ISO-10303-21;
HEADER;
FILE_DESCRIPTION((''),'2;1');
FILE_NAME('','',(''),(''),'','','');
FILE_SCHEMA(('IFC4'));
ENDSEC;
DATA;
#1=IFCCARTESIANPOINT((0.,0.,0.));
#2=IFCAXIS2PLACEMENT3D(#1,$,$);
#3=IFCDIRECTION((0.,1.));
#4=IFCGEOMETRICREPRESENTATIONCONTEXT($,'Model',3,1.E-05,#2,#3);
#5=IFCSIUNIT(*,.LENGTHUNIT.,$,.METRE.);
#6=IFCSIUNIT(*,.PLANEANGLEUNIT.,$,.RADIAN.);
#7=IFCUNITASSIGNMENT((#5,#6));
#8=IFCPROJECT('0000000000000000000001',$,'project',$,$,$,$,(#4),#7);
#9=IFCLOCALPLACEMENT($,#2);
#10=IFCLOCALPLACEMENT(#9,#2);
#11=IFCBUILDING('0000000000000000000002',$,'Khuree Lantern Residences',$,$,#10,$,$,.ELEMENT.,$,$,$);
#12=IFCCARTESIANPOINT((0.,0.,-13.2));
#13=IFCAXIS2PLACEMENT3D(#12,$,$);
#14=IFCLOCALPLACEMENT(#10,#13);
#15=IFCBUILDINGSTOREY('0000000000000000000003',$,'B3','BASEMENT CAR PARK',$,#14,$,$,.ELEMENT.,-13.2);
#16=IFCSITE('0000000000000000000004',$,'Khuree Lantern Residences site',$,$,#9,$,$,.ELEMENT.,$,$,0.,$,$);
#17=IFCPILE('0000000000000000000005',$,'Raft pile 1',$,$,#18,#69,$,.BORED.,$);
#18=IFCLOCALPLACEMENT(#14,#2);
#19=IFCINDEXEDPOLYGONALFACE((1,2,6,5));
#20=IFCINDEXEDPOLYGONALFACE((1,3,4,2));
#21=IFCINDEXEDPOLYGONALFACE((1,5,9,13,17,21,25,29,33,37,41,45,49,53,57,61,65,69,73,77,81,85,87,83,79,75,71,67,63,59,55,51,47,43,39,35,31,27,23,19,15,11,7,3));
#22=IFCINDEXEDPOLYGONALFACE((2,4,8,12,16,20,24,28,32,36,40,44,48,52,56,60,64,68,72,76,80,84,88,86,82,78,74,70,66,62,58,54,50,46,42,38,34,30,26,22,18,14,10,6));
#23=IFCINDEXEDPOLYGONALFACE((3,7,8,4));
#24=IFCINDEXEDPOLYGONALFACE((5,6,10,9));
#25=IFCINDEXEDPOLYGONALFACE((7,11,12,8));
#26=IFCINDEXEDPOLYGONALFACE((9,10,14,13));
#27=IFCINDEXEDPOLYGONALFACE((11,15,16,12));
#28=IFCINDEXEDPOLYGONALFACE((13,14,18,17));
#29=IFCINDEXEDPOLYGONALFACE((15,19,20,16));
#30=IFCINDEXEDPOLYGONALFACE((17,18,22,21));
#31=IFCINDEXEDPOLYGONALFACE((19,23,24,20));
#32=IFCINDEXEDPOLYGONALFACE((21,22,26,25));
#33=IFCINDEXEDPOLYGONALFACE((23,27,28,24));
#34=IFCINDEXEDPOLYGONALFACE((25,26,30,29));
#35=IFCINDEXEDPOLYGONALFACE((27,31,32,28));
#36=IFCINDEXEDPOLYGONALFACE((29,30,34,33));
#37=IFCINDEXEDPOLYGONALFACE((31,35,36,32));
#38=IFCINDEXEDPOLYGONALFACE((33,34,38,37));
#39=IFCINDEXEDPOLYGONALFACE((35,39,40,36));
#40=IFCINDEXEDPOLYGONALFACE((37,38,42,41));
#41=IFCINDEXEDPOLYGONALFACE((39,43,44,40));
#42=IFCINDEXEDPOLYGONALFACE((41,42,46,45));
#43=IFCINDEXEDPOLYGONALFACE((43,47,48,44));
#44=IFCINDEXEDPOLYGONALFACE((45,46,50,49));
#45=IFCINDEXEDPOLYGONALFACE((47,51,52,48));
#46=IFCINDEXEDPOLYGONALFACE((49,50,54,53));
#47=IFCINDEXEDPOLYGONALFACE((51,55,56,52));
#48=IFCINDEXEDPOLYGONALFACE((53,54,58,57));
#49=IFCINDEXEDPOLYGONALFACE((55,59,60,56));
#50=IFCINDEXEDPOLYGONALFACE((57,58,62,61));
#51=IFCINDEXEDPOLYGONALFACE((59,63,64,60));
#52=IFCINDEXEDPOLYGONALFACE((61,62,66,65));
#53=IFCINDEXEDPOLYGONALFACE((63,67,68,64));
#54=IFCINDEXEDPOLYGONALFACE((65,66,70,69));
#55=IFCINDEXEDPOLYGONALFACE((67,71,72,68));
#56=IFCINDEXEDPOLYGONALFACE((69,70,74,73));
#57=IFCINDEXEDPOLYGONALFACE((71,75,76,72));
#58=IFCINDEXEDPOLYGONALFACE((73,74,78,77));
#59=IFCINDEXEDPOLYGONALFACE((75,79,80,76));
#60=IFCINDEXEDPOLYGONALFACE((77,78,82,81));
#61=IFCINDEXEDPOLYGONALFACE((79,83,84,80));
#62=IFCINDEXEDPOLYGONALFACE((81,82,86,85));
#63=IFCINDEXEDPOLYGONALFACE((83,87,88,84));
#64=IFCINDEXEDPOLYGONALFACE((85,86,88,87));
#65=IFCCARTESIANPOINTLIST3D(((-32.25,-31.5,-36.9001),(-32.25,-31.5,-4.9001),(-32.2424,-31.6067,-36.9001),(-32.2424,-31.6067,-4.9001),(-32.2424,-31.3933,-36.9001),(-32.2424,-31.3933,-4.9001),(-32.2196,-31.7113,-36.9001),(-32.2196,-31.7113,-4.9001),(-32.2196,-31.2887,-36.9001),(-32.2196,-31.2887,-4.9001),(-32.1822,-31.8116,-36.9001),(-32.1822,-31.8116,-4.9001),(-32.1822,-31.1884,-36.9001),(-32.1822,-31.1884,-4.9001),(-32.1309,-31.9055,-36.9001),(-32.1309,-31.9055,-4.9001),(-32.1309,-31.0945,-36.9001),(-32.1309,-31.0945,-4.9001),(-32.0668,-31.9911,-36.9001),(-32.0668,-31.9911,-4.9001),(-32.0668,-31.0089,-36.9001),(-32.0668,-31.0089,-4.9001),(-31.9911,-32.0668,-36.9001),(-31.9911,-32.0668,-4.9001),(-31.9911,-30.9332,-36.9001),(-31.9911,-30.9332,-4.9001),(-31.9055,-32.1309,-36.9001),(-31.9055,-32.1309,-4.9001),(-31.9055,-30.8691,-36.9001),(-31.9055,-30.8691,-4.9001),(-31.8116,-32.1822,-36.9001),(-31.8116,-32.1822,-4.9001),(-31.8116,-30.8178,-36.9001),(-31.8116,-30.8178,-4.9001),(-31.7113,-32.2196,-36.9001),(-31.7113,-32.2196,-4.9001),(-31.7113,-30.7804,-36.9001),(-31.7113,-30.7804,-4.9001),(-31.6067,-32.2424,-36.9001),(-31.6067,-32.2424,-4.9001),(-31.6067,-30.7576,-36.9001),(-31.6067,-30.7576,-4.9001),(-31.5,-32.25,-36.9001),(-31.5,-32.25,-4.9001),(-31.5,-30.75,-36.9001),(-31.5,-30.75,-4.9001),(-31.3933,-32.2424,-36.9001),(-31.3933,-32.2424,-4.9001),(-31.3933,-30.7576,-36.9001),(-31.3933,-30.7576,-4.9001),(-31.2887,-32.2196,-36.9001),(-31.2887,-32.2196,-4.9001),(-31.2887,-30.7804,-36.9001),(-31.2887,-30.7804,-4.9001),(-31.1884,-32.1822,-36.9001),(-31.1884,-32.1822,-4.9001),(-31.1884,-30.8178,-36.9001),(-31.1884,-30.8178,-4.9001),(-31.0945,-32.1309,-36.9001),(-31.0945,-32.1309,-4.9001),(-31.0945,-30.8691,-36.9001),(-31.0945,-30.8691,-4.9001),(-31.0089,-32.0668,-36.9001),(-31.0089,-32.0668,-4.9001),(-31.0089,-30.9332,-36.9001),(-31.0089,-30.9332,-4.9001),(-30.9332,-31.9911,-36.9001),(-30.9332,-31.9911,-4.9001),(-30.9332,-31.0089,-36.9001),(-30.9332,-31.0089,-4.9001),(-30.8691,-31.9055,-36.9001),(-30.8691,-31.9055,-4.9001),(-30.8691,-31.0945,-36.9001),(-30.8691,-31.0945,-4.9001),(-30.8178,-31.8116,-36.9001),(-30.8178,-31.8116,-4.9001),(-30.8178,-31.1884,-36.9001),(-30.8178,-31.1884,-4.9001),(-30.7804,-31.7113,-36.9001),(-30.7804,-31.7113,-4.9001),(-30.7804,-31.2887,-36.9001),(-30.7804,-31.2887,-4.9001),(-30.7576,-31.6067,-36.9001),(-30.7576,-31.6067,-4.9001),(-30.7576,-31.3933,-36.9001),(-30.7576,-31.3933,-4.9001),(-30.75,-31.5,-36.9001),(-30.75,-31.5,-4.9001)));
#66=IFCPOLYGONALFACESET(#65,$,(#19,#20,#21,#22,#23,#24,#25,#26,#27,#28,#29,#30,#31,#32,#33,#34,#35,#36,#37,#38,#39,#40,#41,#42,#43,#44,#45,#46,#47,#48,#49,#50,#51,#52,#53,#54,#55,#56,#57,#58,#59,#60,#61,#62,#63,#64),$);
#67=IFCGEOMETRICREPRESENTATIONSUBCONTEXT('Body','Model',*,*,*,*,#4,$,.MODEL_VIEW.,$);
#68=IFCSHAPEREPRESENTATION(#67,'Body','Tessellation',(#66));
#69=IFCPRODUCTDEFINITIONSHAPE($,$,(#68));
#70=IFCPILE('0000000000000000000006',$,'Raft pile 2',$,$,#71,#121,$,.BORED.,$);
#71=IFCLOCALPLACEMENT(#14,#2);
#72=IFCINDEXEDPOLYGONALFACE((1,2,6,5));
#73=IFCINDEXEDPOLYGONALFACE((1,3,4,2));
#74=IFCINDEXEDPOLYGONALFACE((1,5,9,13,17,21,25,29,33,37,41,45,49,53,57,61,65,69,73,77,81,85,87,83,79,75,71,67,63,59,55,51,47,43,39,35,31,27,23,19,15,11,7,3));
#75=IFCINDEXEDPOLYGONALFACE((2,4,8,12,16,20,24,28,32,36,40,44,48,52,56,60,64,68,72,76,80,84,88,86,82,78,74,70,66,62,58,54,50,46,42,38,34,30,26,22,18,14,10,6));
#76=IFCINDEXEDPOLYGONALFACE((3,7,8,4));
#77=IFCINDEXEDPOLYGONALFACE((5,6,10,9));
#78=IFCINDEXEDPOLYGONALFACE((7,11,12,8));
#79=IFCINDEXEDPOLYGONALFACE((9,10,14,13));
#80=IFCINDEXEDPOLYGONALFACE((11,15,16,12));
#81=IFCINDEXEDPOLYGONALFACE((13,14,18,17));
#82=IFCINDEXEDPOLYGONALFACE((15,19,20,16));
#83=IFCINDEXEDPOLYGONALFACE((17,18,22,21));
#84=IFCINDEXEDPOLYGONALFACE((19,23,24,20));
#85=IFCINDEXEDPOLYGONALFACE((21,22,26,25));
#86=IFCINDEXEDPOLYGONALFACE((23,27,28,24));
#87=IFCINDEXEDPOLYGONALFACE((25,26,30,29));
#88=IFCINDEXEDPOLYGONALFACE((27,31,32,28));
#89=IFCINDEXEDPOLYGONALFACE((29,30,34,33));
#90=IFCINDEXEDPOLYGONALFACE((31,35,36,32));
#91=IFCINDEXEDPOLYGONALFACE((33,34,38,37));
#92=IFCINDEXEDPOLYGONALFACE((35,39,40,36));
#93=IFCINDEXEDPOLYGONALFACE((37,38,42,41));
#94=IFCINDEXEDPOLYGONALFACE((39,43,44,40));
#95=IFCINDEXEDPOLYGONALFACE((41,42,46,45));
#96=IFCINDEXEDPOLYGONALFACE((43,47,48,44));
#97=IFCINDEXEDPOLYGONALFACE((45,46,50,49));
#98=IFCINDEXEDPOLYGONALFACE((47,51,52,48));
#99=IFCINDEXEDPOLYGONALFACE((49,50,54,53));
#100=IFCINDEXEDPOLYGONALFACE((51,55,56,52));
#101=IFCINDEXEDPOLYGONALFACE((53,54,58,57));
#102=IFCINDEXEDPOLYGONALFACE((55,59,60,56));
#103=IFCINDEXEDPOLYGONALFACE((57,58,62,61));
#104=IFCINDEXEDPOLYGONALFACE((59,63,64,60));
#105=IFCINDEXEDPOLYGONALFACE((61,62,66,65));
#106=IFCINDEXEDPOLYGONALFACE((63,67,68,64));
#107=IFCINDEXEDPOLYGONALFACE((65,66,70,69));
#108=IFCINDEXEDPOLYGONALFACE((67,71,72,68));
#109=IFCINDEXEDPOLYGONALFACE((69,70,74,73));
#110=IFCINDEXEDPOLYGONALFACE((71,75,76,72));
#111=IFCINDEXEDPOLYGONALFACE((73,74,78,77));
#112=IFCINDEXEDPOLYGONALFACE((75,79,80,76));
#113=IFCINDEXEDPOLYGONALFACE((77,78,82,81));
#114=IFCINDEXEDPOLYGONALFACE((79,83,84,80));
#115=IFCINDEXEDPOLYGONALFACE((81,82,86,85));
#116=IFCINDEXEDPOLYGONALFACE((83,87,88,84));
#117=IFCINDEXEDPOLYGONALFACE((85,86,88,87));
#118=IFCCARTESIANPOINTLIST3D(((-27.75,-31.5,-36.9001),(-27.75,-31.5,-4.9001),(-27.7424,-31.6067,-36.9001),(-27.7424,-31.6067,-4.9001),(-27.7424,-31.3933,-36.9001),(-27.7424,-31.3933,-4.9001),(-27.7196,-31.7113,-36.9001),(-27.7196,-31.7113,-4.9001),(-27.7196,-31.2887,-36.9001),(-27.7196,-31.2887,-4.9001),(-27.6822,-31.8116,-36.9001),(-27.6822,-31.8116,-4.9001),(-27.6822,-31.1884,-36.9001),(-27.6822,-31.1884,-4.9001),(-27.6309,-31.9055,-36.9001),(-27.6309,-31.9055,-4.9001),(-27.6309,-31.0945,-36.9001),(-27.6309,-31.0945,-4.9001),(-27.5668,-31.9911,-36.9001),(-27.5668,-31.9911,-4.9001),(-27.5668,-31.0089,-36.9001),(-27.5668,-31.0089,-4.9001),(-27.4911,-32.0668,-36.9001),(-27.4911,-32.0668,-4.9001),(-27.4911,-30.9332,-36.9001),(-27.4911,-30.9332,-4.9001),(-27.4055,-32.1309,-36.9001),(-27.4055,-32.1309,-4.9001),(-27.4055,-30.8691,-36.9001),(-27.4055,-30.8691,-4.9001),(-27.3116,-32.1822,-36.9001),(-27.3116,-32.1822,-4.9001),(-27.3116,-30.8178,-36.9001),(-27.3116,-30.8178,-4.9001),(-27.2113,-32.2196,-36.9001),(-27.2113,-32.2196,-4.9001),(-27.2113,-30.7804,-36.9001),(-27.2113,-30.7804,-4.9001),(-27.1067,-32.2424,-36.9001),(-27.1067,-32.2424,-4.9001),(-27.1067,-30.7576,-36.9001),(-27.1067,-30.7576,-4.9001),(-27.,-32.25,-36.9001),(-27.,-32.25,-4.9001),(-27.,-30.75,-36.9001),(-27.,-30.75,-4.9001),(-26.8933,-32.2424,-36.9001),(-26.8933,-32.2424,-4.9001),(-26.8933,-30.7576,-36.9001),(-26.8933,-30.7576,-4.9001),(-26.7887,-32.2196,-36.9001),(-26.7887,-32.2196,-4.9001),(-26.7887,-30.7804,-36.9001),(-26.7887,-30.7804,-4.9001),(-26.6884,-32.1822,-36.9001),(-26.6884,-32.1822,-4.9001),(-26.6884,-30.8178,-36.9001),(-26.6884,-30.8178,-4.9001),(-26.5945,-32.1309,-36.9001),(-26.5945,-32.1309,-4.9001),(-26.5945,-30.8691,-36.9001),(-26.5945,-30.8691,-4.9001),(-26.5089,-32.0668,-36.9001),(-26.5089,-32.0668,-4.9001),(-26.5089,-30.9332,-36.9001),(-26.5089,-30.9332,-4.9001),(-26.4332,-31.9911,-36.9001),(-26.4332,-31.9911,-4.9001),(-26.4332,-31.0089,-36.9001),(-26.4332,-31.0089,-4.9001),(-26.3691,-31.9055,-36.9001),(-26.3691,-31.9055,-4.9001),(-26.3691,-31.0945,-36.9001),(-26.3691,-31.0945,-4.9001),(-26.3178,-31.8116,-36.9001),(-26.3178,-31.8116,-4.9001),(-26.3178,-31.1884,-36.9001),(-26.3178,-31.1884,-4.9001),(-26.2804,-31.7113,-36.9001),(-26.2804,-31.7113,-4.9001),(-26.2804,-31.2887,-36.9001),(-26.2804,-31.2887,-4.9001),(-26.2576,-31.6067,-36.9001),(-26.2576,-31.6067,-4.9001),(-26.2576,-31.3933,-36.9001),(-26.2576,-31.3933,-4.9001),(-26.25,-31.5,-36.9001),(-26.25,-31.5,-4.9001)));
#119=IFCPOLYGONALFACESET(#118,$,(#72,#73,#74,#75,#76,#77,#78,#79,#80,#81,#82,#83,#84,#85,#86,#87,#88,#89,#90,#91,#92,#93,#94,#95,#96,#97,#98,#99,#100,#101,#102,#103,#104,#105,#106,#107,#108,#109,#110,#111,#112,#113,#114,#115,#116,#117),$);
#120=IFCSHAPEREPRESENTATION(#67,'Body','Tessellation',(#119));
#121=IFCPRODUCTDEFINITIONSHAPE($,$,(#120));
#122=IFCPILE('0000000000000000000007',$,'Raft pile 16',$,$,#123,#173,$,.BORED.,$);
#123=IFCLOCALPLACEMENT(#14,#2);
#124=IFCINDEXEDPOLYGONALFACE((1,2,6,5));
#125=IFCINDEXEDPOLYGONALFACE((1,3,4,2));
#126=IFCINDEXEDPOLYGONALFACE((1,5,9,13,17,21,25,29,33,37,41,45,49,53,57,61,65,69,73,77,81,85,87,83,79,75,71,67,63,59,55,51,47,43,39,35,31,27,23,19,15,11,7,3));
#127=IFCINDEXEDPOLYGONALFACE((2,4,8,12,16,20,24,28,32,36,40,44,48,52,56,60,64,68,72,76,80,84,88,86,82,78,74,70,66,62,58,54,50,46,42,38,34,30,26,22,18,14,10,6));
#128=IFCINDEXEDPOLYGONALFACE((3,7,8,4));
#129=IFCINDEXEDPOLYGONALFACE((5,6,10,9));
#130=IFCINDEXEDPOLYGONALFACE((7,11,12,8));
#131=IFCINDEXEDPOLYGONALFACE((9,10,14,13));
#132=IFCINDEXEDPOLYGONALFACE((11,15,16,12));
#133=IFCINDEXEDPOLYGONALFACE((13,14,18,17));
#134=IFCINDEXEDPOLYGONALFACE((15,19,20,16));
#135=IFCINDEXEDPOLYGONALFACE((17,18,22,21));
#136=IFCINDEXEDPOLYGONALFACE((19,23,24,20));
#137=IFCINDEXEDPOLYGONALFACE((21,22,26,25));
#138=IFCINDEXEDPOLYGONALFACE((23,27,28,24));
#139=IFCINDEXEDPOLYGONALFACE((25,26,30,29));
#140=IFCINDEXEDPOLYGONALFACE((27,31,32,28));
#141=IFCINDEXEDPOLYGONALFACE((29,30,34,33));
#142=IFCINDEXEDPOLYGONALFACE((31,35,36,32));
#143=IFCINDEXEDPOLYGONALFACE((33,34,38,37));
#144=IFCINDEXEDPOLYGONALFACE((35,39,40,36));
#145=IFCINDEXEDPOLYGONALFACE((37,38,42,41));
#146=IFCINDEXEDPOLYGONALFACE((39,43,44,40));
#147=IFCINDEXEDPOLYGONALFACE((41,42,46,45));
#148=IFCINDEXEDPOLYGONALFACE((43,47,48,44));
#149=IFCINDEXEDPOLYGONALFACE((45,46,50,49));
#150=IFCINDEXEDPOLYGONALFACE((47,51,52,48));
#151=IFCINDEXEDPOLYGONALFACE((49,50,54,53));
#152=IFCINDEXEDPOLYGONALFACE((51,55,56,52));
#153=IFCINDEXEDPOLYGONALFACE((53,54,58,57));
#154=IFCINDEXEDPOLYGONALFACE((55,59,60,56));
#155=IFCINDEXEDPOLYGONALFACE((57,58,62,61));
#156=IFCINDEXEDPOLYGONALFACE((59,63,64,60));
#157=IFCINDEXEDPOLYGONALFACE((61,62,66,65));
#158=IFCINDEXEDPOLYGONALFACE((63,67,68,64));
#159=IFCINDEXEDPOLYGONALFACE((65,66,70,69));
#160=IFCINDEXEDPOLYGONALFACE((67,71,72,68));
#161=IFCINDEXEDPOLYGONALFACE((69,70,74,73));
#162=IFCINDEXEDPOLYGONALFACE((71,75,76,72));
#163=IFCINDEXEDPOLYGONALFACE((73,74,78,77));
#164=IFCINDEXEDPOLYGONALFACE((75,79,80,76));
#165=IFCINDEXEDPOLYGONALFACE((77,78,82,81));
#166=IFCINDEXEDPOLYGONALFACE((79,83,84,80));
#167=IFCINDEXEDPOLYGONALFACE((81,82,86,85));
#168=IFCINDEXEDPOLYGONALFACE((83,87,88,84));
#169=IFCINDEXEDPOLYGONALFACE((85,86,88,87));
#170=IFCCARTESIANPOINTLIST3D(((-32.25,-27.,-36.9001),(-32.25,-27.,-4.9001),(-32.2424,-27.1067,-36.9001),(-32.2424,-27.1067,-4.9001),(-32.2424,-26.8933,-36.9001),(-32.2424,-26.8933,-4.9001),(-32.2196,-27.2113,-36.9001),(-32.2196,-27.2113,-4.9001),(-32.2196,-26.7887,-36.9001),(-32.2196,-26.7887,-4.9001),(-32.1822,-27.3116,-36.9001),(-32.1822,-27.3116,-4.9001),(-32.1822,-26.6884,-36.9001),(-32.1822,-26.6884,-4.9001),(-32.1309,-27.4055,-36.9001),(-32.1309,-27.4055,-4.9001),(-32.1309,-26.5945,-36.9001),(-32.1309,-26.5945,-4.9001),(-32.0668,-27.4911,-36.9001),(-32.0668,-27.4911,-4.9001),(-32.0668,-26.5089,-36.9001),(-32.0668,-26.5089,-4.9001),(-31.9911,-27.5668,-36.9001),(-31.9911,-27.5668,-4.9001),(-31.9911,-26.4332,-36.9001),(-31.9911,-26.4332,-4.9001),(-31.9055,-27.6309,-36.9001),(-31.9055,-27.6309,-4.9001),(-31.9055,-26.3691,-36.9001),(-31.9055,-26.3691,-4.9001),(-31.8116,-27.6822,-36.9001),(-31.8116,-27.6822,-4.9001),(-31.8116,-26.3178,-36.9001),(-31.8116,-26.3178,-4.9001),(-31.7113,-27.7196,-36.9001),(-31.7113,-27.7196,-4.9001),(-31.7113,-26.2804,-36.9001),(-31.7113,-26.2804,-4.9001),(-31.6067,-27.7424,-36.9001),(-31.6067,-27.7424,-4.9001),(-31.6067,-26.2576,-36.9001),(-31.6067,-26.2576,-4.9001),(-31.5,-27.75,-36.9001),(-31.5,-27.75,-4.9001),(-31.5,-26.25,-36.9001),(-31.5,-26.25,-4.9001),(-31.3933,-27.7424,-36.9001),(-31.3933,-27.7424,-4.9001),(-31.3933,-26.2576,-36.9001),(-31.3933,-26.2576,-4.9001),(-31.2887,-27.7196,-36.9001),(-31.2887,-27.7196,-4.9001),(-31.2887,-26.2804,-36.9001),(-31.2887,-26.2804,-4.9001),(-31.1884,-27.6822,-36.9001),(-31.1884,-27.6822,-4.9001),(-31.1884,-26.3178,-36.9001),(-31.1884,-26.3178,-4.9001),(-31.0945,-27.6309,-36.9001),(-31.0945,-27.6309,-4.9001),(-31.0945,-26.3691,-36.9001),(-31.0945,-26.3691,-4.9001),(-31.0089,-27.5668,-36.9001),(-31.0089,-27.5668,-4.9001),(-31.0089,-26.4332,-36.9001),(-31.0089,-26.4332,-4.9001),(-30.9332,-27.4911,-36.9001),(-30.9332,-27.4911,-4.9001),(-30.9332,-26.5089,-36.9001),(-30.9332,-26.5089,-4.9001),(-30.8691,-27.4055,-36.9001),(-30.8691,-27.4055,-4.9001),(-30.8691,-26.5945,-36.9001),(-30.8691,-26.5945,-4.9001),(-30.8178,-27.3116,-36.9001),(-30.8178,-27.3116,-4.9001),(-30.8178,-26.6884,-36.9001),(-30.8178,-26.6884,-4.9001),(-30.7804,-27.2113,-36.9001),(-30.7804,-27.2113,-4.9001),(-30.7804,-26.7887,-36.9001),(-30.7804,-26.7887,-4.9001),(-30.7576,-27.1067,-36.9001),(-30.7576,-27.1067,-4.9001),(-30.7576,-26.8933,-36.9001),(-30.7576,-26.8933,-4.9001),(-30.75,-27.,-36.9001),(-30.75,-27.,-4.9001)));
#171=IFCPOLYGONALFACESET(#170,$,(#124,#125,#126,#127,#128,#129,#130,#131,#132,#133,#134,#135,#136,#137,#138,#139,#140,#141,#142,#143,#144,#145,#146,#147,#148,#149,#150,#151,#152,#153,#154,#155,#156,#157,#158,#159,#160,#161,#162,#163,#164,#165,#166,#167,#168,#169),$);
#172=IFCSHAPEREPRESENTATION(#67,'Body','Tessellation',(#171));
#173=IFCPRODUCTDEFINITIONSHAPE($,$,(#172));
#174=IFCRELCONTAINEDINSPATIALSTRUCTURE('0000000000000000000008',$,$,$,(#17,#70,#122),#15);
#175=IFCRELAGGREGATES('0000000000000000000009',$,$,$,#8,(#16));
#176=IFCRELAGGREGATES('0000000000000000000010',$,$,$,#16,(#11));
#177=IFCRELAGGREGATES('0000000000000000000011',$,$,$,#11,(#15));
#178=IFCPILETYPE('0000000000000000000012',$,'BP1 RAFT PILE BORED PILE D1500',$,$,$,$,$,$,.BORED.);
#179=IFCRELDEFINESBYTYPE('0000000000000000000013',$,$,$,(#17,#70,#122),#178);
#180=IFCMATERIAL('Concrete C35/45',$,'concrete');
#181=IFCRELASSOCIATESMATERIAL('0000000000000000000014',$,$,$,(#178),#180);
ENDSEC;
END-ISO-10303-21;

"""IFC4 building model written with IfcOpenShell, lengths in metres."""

from ifc_helpers import new_model, si_unit, direction, frame, origin, origin_2d, place, context, subcontext, project, spatial, circle, extrude, material, material_profile, profile_set, type_object, element, save


model = new_model("IFC4")

# Units and contexts
model_context = context("Model", 3, precision=1e-05, world=origin(), true_north=direction((0.0, 1.0)))
body_context = subcontext(model_context, "Body", "Model", "MODEL_VIEW")
ifc_project = project(units=[si_unit("LENGTHUNIT", "METRE"), si_unit("PLANEANGLEUNIT", "RADIAN")], contexts=[model_context])

# Site, building, storey
site_placement = place(None, origin())
site = spatial("IfcSite", under=ifc_project, at=site_placement, Name="Khuree Lantern Residences site", CompositionType="ELEMENT", RefElevation=0.0)
building_placement = place(site_placement, origin())
building = spatial("IfcBuilding", under=site, at=building_placement, Name="Khuree Lantern Residences", CompositionType="ELEMENT")
storey_placement = place(building_placement, frame((0.0, 0.0, -13.2)))
storey = spatial("IfcBuildingStorey", under=building, at=storey_placement, Name="B3", Description="BASEMENT CAR PARK", CompositionType="ELEMENT", Elevation=-13.2)

# Piles
ifc_material_1 = material(Name="Concrete C35/45", Category="concrete")
ifc_material_profile_1 = material_profile(ifc_material_1, circle(Radius=0.75, at=origin_2d()), Name="BORED PILE D1500")
ifc_profile_set_1 = profile_set([ifc_material_profile_1], Name="Concrete C35/45")
pile_type_1 = type_object("IfcPileType", Name="BP1 RAFT PILE BORED PILE D1500", PredefinedType="BORED", material=ifc_profile_set_1)
for number, where, z_axis, x_axis, name in (
    (1, (-31.5, -31.5, -4.9001), (0.0, 0.0, -1.0), (1.0, 0.0, 0.0), "Raft pile 1"),
    (2, (-27.0, -31.5, -4.9001), (0.0, 0.0, -1.0), (1.0, 0.0, 0.0), "Raft pile 2"),
    (3, (-31.5, -27.0, -4.9001), (0.0, 0.0, -1.0), (1.0, 0.0, 0.0), "Raft pile 16"),
):
    element("IfcPile", number, at=place(storey_placement, frame(where, z_axis=z_axis, x_axis=x_axis)), inside=storey, type_object=pile_type_1, Name=name, PredefinedType="BORED", context=body_context, shape_type="SweptSolid", body=[
        extrude(circle(Radius=0.75, at=origin_2d()), origin(), (0.0, 0.0, 1.0), 32.0),
    ])

save(model, "model.ifc")
